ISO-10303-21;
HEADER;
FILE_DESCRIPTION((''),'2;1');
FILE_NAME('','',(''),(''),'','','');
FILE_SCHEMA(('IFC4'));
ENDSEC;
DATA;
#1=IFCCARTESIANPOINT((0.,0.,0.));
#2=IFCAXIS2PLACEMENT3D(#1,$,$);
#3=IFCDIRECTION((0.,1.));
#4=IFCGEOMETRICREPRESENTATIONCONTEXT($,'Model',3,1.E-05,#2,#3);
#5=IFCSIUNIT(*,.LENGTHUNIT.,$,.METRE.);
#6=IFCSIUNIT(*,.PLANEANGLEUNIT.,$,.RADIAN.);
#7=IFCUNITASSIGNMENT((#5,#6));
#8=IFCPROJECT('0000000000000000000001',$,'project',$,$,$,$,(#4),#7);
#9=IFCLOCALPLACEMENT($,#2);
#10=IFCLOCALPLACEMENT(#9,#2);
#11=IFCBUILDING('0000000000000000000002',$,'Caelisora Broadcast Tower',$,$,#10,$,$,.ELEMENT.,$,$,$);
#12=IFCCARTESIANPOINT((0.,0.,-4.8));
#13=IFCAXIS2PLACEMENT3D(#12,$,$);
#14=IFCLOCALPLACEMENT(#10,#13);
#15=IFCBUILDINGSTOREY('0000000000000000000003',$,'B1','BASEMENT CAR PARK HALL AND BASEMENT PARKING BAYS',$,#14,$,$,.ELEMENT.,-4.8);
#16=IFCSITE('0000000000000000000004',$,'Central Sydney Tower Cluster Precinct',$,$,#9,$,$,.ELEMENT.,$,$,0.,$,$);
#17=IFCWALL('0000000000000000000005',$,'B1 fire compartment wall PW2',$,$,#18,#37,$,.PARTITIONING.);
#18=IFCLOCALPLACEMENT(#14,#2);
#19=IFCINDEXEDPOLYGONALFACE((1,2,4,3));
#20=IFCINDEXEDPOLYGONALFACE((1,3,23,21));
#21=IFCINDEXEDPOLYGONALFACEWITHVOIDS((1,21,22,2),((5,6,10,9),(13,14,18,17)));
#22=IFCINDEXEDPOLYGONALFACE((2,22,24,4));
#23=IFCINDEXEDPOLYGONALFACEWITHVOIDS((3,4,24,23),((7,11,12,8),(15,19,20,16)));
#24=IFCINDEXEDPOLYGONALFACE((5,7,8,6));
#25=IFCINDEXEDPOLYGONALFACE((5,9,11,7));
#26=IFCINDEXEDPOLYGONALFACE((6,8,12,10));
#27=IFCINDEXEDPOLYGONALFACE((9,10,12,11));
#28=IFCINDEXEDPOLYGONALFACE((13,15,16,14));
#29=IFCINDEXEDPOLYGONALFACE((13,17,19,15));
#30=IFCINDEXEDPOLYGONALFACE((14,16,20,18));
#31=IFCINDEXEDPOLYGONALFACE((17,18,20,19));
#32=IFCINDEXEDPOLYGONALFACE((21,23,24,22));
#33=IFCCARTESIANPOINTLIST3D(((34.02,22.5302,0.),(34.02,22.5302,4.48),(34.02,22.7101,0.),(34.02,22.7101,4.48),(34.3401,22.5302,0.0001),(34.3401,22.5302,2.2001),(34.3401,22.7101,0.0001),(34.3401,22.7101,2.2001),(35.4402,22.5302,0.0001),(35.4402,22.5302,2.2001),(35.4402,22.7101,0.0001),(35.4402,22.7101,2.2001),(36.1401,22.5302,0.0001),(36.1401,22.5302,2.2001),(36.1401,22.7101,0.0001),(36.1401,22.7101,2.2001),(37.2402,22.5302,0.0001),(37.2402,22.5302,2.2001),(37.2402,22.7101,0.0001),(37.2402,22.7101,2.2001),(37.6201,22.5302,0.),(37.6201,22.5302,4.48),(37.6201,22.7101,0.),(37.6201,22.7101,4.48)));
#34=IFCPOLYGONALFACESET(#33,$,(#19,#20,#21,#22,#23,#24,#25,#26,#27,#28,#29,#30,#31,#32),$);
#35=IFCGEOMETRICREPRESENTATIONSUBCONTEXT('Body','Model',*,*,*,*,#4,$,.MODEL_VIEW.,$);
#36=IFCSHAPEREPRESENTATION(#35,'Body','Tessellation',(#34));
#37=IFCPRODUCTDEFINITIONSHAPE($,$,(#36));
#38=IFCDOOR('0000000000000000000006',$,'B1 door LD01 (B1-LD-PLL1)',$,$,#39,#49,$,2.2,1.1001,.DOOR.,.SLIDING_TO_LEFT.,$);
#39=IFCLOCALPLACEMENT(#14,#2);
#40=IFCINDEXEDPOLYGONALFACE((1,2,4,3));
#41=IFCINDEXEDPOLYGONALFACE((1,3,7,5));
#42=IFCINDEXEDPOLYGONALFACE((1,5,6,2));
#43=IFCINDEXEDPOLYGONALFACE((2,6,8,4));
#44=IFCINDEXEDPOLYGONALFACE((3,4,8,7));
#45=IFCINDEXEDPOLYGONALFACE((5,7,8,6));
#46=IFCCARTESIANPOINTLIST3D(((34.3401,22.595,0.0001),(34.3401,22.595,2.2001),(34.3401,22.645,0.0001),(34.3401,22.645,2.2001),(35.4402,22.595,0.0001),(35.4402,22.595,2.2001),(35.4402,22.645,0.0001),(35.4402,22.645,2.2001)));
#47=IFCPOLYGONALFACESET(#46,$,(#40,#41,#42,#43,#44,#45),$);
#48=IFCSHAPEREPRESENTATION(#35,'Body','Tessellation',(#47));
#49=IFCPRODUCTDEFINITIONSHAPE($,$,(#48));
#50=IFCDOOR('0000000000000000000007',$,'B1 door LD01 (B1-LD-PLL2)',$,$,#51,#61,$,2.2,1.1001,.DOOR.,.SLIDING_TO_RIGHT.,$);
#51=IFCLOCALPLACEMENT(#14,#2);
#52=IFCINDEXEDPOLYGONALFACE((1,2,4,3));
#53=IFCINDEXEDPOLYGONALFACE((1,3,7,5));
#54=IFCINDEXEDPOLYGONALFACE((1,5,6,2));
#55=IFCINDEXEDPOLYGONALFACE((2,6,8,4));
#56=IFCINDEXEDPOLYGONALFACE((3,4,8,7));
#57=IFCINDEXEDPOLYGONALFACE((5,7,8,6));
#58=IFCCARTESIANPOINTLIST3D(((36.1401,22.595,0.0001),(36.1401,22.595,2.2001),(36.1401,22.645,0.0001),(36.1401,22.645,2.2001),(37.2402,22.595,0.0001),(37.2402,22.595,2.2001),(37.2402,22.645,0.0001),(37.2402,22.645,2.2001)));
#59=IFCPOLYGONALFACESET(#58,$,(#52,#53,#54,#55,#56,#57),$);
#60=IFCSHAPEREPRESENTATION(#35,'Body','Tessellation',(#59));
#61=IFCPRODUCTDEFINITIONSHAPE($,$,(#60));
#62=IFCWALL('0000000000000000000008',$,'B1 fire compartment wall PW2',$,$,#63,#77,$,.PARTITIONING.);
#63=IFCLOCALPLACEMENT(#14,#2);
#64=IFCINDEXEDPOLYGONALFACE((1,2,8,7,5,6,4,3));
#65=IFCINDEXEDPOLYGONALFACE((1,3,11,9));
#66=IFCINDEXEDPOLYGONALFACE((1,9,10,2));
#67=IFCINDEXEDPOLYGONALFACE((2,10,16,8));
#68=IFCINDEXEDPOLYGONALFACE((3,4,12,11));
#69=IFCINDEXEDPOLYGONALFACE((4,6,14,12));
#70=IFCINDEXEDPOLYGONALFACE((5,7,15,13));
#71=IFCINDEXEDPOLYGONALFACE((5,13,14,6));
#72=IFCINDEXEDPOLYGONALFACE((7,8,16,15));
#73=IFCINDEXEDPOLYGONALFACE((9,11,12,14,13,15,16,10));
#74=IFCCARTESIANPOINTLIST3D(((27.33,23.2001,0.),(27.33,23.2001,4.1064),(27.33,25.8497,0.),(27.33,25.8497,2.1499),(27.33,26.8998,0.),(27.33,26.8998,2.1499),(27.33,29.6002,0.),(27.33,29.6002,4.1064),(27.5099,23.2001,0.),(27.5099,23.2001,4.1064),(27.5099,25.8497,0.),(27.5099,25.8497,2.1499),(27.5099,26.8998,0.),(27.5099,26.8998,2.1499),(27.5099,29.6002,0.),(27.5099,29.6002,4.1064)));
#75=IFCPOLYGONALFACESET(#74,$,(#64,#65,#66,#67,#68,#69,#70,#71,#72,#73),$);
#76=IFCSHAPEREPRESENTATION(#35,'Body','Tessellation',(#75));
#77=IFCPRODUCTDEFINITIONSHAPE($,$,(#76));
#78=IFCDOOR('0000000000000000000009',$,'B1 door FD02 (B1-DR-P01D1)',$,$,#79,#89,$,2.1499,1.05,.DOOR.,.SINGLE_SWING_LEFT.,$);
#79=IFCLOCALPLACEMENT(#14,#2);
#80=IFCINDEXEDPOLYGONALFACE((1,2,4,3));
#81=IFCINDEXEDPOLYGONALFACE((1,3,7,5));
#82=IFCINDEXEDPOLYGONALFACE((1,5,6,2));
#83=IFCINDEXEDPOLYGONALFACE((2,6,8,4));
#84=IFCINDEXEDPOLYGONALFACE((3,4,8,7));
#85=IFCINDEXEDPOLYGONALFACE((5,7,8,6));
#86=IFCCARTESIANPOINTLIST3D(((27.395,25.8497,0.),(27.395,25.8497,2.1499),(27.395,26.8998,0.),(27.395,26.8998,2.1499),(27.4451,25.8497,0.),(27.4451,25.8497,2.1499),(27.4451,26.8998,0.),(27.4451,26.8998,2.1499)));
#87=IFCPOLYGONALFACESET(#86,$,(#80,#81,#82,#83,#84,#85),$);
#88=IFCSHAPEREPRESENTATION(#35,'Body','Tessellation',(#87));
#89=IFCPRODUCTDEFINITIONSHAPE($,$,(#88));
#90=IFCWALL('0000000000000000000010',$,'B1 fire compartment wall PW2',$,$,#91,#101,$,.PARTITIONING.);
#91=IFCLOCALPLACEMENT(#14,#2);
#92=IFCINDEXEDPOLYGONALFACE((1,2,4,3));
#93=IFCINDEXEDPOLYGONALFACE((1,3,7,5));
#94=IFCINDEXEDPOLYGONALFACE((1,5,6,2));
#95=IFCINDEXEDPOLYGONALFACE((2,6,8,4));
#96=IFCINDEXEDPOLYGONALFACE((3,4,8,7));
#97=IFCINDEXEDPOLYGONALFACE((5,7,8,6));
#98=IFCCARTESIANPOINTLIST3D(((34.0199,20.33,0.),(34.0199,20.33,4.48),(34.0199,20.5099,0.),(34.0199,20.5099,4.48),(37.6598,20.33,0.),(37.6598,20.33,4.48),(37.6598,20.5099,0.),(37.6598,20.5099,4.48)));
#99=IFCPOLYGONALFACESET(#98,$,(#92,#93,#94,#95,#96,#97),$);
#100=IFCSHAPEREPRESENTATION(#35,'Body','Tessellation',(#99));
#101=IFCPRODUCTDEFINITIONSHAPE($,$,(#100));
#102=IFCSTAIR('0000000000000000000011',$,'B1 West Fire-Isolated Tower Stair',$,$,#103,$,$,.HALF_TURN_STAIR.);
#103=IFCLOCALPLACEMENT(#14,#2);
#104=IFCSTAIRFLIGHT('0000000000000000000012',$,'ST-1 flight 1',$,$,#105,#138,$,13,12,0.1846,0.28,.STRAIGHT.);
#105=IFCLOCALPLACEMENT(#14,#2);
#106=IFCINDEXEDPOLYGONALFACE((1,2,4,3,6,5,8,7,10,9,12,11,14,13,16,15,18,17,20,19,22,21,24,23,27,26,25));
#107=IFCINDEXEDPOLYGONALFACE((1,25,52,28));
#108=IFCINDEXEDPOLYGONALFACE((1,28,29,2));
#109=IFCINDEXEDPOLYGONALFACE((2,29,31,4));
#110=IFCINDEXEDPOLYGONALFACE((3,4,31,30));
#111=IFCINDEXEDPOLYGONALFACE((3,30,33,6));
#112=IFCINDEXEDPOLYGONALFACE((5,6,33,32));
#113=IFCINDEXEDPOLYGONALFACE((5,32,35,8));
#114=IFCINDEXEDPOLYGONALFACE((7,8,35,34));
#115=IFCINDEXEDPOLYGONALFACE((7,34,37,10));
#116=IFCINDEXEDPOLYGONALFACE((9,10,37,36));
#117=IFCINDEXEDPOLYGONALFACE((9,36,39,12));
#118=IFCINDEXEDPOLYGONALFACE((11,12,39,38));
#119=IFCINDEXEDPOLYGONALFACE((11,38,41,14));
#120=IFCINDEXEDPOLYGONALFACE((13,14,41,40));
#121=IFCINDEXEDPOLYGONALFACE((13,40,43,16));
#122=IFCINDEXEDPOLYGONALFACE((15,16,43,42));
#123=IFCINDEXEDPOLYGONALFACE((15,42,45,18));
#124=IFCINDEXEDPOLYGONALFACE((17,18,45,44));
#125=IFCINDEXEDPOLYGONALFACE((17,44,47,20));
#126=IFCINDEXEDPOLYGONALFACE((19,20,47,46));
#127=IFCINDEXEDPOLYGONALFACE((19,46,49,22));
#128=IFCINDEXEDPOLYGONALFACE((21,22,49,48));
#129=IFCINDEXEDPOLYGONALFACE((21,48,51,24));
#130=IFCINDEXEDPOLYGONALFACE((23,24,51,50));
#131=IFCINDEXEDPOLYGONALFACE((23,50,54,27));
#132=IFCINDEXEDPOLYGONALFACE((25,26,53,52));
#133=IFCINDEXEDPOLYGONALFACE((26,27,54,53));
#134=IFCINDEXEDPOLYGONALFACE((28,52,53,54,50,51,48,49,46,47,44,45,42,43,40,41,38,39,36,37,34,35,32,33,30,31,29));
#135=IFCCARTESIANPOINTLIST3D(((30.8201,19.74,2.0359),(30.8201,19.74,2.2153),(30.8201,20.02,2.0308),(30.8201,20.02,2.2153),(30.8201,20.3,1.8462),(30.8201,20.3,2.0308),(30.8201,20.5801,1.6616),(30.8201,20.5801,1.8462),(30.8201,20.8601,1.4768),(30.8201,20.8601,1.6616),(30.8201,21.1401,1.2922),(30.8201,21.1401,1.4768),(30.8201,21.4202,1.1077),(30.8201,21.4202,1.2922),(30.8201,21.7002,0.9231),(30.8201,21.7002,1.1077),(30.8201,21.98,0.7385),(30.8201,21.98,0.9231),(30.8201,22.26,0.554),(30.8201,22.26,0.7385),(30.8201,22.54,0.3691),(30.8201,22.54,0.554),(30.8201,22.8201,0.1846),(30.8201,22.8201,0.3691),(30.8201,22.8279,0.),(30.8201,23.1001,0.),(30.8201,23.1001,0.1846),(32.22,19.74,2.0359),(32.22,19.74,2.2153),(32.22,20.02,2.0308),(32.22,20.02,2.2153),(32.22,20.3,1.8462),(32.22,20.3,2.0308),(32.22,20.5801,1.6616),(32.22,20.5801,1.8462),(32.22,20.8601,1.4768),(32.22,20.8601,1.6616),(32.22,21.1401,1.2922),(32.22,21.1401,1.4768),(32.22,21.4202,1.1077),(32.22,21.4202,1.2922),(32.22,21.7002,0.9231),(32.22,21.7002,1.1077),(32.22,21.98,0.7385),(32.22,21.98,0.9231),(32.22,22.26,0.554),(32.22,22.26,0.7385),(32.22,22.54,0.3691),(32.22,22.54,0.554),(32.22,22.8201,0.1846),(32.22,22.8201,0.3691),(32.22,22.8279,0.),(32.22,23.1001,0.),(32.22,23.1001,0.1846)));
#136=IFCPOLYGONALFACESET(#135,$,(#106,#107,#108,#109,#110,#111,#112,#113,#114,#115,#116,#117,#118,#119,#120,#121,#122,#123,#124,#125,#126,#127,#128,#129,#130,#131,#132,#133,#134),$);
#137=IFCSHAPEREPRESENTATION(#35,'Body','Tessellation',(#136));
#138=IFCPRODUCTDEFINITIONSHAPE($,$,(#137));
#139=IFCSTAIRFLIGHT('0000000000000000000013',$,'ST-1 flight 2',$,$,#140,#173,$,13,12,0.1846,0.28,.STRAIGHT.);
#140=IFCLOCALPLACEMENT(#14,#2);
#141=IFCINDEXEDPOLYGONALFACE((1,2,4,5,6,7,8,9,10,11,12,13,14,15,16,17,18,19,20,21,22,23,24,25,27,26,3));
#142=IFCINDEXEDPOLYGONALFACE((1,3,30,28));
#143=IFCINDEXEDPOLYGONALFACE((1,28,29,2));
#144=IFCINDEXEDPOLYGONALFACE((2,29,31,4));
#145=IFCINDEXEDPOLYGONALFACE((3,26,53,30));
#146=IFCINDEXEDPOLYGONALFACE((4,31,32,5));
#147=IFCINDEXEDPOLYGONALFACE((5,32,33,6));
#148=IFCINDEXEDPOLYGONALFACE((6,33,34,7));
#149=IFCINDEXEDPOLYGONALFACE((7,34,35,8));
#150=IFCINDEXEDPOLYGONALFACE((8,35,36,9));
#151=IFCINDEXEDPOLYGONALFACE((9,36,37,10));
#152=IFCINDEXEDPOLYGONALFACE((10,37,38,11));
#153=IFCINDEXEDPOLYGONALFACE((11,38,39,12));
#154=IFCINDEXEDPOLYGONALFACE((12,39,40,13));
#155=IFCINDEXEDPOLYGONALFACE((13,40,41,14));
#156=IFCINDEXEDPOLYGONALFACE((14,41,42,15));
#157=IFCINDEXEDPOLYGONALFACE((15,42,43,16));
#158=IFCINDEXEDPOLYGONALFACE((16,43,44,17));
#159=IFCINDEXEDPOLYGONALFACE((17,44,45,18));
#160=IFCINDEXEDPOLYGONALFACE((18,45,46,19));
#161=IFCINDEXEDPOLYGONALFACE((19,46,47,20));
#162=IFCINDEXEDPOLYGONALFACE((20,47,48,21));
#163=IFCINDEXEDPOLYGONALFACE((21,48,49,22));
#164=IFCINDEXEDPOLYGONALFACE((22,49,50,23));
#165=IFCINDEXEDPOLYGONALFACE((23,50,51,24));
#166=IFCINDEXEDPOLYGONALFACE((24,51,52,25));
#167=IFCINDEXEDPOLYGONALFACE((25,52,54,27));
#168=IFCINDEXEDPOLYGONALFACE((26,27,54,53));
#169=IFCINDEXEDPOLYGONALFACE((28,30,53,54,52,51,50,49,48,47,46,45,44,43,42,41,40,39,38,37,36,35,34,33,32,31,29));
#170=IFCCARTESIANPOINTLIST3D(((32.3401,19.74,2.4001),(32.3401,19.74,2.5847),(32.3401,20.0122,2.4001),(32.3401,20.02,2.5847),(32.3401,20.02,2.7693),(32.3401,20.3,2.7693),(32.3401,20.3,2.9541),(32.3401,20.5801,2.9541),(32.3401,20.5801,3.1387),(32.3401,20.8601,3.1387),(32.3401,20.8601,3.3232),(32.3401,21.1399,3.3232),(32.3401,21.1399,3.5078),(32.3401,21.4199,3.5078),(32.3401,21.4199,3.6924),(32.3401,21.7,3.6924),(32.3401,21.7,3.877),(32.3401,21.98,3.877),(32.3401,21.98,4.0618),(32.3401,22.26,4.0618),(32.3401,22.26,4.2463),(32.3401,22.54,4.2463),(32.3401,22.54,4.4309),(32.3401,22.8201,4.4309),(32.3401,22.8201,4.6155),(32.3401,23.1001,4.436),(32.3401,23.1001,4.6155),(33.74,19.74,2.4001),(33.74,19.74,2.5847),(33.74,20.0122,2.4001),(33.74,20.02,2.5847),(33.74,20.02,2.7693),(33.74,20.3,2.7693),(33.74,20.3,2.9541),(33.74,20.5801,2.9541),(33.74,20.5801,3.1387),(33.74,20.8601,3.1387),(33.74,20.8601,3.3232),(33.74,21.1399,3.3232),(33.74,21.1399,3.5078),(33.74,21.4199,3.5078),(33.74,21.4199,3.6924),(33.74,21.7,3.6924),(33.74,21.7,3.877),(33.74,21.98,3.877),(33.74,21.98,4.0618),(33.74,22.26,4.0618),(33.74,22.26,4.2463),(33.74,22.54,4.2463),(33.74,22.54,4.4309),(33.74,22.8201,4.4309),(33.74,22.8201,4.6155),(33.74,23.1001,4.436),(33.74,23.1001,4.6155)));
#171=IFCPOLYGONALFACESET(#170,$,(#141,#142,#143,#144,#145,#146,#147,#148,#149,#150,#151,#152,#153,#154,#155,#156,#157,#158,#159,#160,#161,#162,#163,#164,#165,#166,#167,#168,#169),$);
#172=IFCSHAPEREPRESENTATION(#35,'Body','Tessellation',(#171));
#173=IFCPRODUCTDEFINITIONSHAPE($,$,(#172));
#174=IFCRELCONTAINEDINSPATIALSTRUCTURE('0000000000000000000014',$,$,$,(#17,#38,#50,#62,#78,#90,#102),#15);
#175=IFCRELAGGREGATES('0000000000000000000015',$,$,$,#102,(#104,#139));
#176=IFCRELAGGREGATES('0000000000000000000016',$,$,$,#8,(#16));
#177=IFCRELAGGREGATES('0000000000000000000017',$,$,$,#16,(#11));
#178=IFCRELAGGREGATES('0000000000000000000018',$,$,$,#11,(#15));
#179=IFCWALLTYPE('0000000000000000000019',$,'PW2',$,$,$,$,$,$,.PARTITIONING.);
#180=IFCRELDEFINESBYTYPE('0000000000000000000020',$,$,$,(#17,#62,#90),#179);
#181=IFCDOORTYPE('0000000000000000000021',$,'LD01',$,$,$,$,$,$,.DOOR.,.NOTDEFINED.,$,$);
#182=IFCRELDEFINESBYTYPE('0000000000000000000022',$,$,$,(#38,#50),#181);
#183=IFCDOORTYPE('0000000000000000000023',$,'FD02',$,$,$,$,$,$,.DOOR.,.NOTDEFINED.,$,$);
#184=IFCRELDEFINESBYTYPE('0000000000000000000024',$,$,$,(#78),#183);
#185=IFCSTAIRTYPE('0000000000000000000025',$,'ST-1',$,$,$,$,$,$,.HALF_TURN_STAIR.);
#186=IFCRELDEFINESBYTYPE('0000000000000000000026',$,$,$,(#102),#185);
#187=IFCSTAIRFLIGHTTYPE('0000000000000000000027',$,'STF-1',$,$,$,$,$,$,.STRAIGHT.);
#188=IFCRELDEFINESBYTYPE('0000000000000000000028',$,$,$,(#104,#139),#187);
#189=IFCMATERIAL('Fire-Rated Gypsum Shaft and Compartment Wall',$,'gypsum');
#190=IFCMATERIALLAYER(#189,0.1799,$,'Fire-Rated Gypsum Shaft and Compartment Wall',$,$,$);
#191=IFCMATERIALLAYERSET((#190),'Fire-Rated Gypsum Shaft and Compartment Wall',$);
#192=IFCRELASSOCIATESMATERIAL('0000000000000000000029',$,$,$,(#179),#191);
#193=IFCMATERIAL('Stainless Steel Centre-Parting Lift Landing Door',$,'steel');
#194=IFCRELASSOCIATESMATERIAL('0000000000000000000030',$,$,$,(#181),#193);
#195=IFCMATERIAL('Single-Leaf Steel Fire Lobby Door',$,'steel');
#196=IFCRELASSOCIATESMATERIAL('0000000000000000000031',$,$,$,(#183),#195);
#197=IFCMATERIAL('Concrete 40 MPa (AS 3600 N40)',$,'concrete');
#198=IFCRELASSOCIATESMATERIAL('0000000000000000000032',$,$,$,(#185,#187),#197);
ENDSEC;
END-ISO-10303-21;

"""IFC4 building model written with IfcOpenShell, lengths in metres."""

from ifc_helpers import new_model, si_unit, direction, frame, frame_2d, origin, place, context, subcontext, project, spatial, polyline, rectangle, outline, extrude, material, layer, layer_set, type_object, element, fill, aggregate, save


model = new_model("IFC4")

# Units and contexts
model_context = context("Model", 3, precision=1e-05, world=origin(), true_north=direction((0.0, 1.0)))
body_context = subcontext(model_context, "Body", "Model", "MODEL_VIEW")
ifc_project = project(units=[si_unit("LENGTHUNIT", "METRE"), si_unit("PLANEANGLEUNIT", "RADIAN")], contexts=[model_context])

# Site, building, storey
site_placement = place(None, origin())
site = spatial("IfcSite", under=ifc_project, at=site_placement, Name="Central Sydney Tower Cluster Precinct", CompositionType="ELEMENT", RefElevation=0.0)
building_placement = place(site_placement, origin())
building = spatial("IfcBuilding", under=site, at=building_placement, Name="Caelisora Broadcast Tower", CompositionType="ELEMENT")
storey_placement = place(building_placement, frame((0.0, 0.0, -4.8)))
storey = spatial("IfcBuildingStorey", under=building, at=storey_placement, Name="B1", Description="BASEMENT CAR PARK HALL AND BASEMENT PARKING BAYS", CompositionType="ELEMENT", Elevation=-4.8)

# Wall, openings, doors
ifc_material_1 = material(Name="Fire-Rated Gypsum Shaft and Compartment Wall", Category="gypsum")
ifc_layer_1 = layer(ifc_material_1, 0.1799, Name="Fire-Rated Gypsum Shaft and Compartment Wall")
ifc_layer_set_1 = layer_set([ifc_layer_1], Name="Fire-Rated Gypsum Shaft and Compartment Wall")
wall_type = type_object("IfcWallType", Name="PW2", PredefinedType="PARTITIONING", material=ifc_layer_set_1)
wall_1_placement = place(storey_placement, frame((34.02, 22.6201, 0.0), z_axis=(0.0, 0.0, 1.0), x_axis=(1.0, 0.0, 0.0)))
wall_1 = element("IfcWall", 1, at=wall_1_placement, inside=storey, type_object=wall_type, Name="B1 fire compartment wall PW2", PredefinedType="PARTITIONING", context=body_context, shape_type="SweptSolid", body=[
    extrude(rectangle(XDim=3.6001, YDim=0.1799, at=frame_2d((1.8, 0.0))), origin(), (0.0, 0.0, 1.0), 4.48),
])
opening_1_placement = place(wall_1_placement, frame((0.3201, 0.0, 0.0)))
opening_1 = element("IfcOpeningElement", 2, at=opening_1_placement, cuts=wall_1, PredefinedType="OPENING", context=body_context, shape_type="SweptSolid", body=[
    extrude(rectangle(XDim=1.1001, YDim=2.2, at=frame_2d((0.55, 1.1001))), frame((0.0, 0.1021, 0.0), z_axis=(0.0, -1.0, 0.0), x_axis=(1.0, 0.0, 0.0)), (0.0, 0.0, 1.0), 0.2039),
])
opening_2_placement = place(wall_1_placement, frame((2.1201, 0.0, 0.0)))
opening_2 = element("IfcOpeningElement", 3, at=opening_2_placement, cuts=wall_1, PredefinedType="OPENING", context=body_context, shape_type="SweptSolid", body=[
    extrude(rectangle(XDim=1.1001, YDim=2.2, at=frame_2d((0.55, 1.1001))), frame((0.0, 0.1021, 0.0), z_axis=(0.0, -1.0, 0.0), x_axis=(1.0, 0.0, 0.0)), (0.0, 0.0, 1.0), 0.2039),
])
ifc_material_2 = material(Name="Stainless Steel Centre-Parting Lift Landing Door", Category="steel")
door_type_1 = type_object("IfcDoorType", Name="LD01", OperationType="NOTDEFINED", PredefinedType="DOOR", material=ifc_material_2)
door_1_placement = place(opening_1_placement, origin())
door_1 = element("IfcDoor", 4, at=door_1_placement, inside=storey, type_object=door_type_1, Name="B1 door LD01 (B1-LD-PLL1)", OperationType="SLIDING_TO_LEFT", OverallHeight=2.2, OverallWidth=1.1001, PredefinedType="DOOR", context=body_context, shape_type="SweptSolid", body=[
    extrude(rectangle(XDim=1.1001, YDim=2.2, at=frame_2d((0.55, 1.1001))), frame((0.0, 0.0249, 0.0), z_axis=(0.0, -1.0, 0.0), x_axis=(1.0, 0.0, 0.0)), (0.0, 0.0, 1.0), 0.05),
])
fill(opening_1, door_1)
door_2_placement = place(opening_2_placement, origin())
door_2 = element("IfcDoor", 5, at=door_2_placement, inside=storey, type_object=door_type_1, Name="B1 door LD01 (B1-LD-PLL2)", OperationType="SLIDING_TO_RIGHT", OverallHeight=2.2, OverallWidth=1.1001, PredefinedType="DOOR", context=body_context, shape_type="SweptSolid", body=[
    extrude(rectangle(XDim=1.1001, YDim=2.2, at=frame_2d((0.55, 1.1001))), frame((0.0, 0.0249, 0.0), z_axis=(0.0, -1.0, 0.0), x_axis=(1.0, 0.0, 0.0)), (0.0, 0.0, 1.0), 0.05),
])
fill(opening_2, door_2)

# Wall, opening, door
wall_2_placement = place(storey_placement, frame((27.4199, 23.2, 0.0), z_axis=(0.0, 0.0, 1.0), x_axis=(0.0, 1.0, 0.0)))
wall_2 = element("IfcWall", 6, at=wall_2_placement, inside=storey, type_object=wall_type, Name="B1 fire compartment wall PW2", PredefinedType="PARTITIONING", context=body_context, shape_type="SweptSolid", body=[
    extrude(rectangle(XDim=6.4001, YDim=0.1799, at=frame_2d((3.2002, 0.0))), origin(), (0.0, 0.0, 1.0), 4.1064),
])
opening_3_placement = place(wall_2_placement, frame((2.6499, 0.0, 0.0)))
opening_3 = element("IfcOpeningElement", 7, at=opening_3_placement, cuts=wall_2, PredefinedType="OPENING", context=body_context, shape_type="SweptSolid", body=[
    extrude(rectangle(XDim=1.05, YDim=2.1499, at=frame_2d((0.5249, 1.075))), frame((0.0, 0.1021, 0.0), z_axis=(0.0, -1.0, 0.0), x_axis=(1.0, 0.0, 0.0)), (0.0, 0.0, 1.0), 0.2039),
])
ifc_material_3 = material(Name="Single-Leaf Steel Fire Lobby Door", Category="steel")
door_type_2 = type_object("IfcDoorType", Name="FD02", OperationType="NOTDEFINED", PredefinedType="DOOR", material=ifc_material_3)
door_3_placement = place(opening_3_placement, origin())
door_3 = element("IfcDoor", 8, at=door_3_placement, inside=storey, type_object=door_type_2, Name="B1 door FD02 (B1-DR-P01D1)", OperationType="SINGLE_SWING_LEFT", OverallHeight=2.1499, OverallWidth=1.05, PredefinedType="DOOR", context=body_context, shape_type="SweptSolid", body=[
    extrude(rectangle(XDim=1.05, YDim=2.1499, at=frame_2d((0.5249, 1.075))), frame((0.0, 0.0249, 0.0), z_axis=(0.0, -1.0, 0.0), x_axis=(1.0, 0.0, 0.0)), (0.0, 0.0, 1.0), 0.05),
])
fill(opening_3, door_3)

# Wall
wall_3_placement = place(storey_placement, frame((34.02, 20.4199, 0.0), z_axis=(0.0, 0.0, 1.0), x_axis=(1.0, 0.0, 0.0)))
element("IfcWall", 9, at=wall_3_placement, inside=storey, type_object=wall_type, Name="B1 fire compartment wall PW2", PredefinedType="PARTITIONING", context=body_context, shape_type="SweptSolid", body=[
    extrude(rectangle(XDim=3.6399, YDim=0.1799, at=frame_2d((1.8198, 0.0))), origin(), (0.0, 0.0, 1.0), 4.48),
])

# Stair, stair flights
ifc_material_4 = material(Name="Concrete 40 MPa (AS 3600 N40)", Category="concrete")
stair_type = type_object("IfcStairType", Name="ST-1", PredefinedType="HALF_TURN_STAIR", material=ifc_material_4)
stair_placement = place(storey_placement, origin())
stair = element("IfcStair", 10, at=stair_placement, inside=storey, type_object=stair_type, Name="B1 West Fire-Isolated Tower Stair", PredefinedType="HALF_TURN_STAIR")
stair_flight_type = type_object("IfcStairFlightType", Name="STF-1", PredefinedType="STRAIGHT", material=ifc_material_4)
stair_flight_1_placement = place(storey_placement, frame((31.52, 23.1001, 0.0), z_axis=(0.0, 0.0, 1.0), x_axis=(0.0, -1.0, 0.0)))
stair_flight_1 = element("IfcStairFlight", 11, at=stair_flight_1_placement, type_object=stair_flight_type, Name="ST-1 flight 1", NumberOfRisers=13, NumberOfTreads=12, PredefinedType="STRAIGHT", RiserHeight=0.1846, TreadLength=0.28, context=body_context, shape_type="SweptSolid", body=[
    extrude(outline(polyline([(0.0, 0.0), (0.0, 0.1846), (0.28, 0.1846), (0.28, 0.3691), (0.5601, 0.3691), (0.5601, 0.554), (0.8401, 0.554), (0.8401, 0.7385), (1.1201, 0.7385), (1.1201, 0.9231), (1.3999, 0.9231), (1.3999, 1.1077), (1.6799, 1.1077), (1.6799, 1.2922), (1.96, 1.2922), (1.96, 1.4768), (2.24, 1.4768), (2.24, 1.6616), (2.52, 1.6616), (2.52, 1.8462), (2.8, 1.8462), (2.8, 2.0308), (3.0801, 2.0308), (3.0801, 2.2153), (3.3601, 2.2153), (3.3601, 2.3999), (3.3601, 2.0359), (0.2722, 0.0), (0.0, 0.0)])), frame((0.0, 0.7, 0.0), z_axis=(0.0, -1.0, 0.0), x_axis=(1.0, 0.0, 0.0)), (0.0, 0.0, 1.0), 1.3999),
])
stair_flight_2_placement = place(storey_placement, frame((33.04, 19.74, 2.4001), z_axis=(0.0, 0.0, 1.0), x_axis=(0.0, 1.0, 0.0)))
stair_flight_2 = element("IfcStairFlight", 12, at=stair_flight_2_placement, type_object=stair_flight_type, Name="ST-1 flight 2", NumberOfRisers=13, NumberOfTreads=12, PredefinedType="STRAIGHT", RiserHeight=0.1846, TreadLength=0.28, context=body_context, shape_type="SweptSolid", body=[
    extrude(outline(polyline([(0.0, 0.0), (0.0, 0.1846), (0.28, 0.1846), (0.28, 0.3691), (0.5601, 0.3691), (0.5601, 0.554), (0.8401, 0.554), (0.8401, 0.7385), (1.1201, 0.7385), (1.1201, 0.9231), (1.3999, 0.9231), (1.3999, 1.1077), (1.6799, 1.1077), (1.6799, 1.2922), (1.96, 1.2922), (1.96, 1.4768), (2.24, 1.4768), (2.24, 1.6616), (2.52, 1.6616), (2.52, 1.8462), (2.8, 1.8462), (2.8, 2.0308), (3.0801, 2.0308), (3.0801, 2.2153), (3.3601, 2.2153), (3.3601, 2.3999), (3.3601, 2.0359), (0.2722, 0.0), (0.0, 0.0)])), frame((0.0, 0.7, 0.0), z_axis=(0.0, -1.0, 0.0), x_axis=(1.0, 0.0, 0.0)), (0.0, 0.0, 1.0), 1.3999),
])
aggregate(stair, [stair_flight_1, stair_flight_2])

save(model, "model.ifc")
